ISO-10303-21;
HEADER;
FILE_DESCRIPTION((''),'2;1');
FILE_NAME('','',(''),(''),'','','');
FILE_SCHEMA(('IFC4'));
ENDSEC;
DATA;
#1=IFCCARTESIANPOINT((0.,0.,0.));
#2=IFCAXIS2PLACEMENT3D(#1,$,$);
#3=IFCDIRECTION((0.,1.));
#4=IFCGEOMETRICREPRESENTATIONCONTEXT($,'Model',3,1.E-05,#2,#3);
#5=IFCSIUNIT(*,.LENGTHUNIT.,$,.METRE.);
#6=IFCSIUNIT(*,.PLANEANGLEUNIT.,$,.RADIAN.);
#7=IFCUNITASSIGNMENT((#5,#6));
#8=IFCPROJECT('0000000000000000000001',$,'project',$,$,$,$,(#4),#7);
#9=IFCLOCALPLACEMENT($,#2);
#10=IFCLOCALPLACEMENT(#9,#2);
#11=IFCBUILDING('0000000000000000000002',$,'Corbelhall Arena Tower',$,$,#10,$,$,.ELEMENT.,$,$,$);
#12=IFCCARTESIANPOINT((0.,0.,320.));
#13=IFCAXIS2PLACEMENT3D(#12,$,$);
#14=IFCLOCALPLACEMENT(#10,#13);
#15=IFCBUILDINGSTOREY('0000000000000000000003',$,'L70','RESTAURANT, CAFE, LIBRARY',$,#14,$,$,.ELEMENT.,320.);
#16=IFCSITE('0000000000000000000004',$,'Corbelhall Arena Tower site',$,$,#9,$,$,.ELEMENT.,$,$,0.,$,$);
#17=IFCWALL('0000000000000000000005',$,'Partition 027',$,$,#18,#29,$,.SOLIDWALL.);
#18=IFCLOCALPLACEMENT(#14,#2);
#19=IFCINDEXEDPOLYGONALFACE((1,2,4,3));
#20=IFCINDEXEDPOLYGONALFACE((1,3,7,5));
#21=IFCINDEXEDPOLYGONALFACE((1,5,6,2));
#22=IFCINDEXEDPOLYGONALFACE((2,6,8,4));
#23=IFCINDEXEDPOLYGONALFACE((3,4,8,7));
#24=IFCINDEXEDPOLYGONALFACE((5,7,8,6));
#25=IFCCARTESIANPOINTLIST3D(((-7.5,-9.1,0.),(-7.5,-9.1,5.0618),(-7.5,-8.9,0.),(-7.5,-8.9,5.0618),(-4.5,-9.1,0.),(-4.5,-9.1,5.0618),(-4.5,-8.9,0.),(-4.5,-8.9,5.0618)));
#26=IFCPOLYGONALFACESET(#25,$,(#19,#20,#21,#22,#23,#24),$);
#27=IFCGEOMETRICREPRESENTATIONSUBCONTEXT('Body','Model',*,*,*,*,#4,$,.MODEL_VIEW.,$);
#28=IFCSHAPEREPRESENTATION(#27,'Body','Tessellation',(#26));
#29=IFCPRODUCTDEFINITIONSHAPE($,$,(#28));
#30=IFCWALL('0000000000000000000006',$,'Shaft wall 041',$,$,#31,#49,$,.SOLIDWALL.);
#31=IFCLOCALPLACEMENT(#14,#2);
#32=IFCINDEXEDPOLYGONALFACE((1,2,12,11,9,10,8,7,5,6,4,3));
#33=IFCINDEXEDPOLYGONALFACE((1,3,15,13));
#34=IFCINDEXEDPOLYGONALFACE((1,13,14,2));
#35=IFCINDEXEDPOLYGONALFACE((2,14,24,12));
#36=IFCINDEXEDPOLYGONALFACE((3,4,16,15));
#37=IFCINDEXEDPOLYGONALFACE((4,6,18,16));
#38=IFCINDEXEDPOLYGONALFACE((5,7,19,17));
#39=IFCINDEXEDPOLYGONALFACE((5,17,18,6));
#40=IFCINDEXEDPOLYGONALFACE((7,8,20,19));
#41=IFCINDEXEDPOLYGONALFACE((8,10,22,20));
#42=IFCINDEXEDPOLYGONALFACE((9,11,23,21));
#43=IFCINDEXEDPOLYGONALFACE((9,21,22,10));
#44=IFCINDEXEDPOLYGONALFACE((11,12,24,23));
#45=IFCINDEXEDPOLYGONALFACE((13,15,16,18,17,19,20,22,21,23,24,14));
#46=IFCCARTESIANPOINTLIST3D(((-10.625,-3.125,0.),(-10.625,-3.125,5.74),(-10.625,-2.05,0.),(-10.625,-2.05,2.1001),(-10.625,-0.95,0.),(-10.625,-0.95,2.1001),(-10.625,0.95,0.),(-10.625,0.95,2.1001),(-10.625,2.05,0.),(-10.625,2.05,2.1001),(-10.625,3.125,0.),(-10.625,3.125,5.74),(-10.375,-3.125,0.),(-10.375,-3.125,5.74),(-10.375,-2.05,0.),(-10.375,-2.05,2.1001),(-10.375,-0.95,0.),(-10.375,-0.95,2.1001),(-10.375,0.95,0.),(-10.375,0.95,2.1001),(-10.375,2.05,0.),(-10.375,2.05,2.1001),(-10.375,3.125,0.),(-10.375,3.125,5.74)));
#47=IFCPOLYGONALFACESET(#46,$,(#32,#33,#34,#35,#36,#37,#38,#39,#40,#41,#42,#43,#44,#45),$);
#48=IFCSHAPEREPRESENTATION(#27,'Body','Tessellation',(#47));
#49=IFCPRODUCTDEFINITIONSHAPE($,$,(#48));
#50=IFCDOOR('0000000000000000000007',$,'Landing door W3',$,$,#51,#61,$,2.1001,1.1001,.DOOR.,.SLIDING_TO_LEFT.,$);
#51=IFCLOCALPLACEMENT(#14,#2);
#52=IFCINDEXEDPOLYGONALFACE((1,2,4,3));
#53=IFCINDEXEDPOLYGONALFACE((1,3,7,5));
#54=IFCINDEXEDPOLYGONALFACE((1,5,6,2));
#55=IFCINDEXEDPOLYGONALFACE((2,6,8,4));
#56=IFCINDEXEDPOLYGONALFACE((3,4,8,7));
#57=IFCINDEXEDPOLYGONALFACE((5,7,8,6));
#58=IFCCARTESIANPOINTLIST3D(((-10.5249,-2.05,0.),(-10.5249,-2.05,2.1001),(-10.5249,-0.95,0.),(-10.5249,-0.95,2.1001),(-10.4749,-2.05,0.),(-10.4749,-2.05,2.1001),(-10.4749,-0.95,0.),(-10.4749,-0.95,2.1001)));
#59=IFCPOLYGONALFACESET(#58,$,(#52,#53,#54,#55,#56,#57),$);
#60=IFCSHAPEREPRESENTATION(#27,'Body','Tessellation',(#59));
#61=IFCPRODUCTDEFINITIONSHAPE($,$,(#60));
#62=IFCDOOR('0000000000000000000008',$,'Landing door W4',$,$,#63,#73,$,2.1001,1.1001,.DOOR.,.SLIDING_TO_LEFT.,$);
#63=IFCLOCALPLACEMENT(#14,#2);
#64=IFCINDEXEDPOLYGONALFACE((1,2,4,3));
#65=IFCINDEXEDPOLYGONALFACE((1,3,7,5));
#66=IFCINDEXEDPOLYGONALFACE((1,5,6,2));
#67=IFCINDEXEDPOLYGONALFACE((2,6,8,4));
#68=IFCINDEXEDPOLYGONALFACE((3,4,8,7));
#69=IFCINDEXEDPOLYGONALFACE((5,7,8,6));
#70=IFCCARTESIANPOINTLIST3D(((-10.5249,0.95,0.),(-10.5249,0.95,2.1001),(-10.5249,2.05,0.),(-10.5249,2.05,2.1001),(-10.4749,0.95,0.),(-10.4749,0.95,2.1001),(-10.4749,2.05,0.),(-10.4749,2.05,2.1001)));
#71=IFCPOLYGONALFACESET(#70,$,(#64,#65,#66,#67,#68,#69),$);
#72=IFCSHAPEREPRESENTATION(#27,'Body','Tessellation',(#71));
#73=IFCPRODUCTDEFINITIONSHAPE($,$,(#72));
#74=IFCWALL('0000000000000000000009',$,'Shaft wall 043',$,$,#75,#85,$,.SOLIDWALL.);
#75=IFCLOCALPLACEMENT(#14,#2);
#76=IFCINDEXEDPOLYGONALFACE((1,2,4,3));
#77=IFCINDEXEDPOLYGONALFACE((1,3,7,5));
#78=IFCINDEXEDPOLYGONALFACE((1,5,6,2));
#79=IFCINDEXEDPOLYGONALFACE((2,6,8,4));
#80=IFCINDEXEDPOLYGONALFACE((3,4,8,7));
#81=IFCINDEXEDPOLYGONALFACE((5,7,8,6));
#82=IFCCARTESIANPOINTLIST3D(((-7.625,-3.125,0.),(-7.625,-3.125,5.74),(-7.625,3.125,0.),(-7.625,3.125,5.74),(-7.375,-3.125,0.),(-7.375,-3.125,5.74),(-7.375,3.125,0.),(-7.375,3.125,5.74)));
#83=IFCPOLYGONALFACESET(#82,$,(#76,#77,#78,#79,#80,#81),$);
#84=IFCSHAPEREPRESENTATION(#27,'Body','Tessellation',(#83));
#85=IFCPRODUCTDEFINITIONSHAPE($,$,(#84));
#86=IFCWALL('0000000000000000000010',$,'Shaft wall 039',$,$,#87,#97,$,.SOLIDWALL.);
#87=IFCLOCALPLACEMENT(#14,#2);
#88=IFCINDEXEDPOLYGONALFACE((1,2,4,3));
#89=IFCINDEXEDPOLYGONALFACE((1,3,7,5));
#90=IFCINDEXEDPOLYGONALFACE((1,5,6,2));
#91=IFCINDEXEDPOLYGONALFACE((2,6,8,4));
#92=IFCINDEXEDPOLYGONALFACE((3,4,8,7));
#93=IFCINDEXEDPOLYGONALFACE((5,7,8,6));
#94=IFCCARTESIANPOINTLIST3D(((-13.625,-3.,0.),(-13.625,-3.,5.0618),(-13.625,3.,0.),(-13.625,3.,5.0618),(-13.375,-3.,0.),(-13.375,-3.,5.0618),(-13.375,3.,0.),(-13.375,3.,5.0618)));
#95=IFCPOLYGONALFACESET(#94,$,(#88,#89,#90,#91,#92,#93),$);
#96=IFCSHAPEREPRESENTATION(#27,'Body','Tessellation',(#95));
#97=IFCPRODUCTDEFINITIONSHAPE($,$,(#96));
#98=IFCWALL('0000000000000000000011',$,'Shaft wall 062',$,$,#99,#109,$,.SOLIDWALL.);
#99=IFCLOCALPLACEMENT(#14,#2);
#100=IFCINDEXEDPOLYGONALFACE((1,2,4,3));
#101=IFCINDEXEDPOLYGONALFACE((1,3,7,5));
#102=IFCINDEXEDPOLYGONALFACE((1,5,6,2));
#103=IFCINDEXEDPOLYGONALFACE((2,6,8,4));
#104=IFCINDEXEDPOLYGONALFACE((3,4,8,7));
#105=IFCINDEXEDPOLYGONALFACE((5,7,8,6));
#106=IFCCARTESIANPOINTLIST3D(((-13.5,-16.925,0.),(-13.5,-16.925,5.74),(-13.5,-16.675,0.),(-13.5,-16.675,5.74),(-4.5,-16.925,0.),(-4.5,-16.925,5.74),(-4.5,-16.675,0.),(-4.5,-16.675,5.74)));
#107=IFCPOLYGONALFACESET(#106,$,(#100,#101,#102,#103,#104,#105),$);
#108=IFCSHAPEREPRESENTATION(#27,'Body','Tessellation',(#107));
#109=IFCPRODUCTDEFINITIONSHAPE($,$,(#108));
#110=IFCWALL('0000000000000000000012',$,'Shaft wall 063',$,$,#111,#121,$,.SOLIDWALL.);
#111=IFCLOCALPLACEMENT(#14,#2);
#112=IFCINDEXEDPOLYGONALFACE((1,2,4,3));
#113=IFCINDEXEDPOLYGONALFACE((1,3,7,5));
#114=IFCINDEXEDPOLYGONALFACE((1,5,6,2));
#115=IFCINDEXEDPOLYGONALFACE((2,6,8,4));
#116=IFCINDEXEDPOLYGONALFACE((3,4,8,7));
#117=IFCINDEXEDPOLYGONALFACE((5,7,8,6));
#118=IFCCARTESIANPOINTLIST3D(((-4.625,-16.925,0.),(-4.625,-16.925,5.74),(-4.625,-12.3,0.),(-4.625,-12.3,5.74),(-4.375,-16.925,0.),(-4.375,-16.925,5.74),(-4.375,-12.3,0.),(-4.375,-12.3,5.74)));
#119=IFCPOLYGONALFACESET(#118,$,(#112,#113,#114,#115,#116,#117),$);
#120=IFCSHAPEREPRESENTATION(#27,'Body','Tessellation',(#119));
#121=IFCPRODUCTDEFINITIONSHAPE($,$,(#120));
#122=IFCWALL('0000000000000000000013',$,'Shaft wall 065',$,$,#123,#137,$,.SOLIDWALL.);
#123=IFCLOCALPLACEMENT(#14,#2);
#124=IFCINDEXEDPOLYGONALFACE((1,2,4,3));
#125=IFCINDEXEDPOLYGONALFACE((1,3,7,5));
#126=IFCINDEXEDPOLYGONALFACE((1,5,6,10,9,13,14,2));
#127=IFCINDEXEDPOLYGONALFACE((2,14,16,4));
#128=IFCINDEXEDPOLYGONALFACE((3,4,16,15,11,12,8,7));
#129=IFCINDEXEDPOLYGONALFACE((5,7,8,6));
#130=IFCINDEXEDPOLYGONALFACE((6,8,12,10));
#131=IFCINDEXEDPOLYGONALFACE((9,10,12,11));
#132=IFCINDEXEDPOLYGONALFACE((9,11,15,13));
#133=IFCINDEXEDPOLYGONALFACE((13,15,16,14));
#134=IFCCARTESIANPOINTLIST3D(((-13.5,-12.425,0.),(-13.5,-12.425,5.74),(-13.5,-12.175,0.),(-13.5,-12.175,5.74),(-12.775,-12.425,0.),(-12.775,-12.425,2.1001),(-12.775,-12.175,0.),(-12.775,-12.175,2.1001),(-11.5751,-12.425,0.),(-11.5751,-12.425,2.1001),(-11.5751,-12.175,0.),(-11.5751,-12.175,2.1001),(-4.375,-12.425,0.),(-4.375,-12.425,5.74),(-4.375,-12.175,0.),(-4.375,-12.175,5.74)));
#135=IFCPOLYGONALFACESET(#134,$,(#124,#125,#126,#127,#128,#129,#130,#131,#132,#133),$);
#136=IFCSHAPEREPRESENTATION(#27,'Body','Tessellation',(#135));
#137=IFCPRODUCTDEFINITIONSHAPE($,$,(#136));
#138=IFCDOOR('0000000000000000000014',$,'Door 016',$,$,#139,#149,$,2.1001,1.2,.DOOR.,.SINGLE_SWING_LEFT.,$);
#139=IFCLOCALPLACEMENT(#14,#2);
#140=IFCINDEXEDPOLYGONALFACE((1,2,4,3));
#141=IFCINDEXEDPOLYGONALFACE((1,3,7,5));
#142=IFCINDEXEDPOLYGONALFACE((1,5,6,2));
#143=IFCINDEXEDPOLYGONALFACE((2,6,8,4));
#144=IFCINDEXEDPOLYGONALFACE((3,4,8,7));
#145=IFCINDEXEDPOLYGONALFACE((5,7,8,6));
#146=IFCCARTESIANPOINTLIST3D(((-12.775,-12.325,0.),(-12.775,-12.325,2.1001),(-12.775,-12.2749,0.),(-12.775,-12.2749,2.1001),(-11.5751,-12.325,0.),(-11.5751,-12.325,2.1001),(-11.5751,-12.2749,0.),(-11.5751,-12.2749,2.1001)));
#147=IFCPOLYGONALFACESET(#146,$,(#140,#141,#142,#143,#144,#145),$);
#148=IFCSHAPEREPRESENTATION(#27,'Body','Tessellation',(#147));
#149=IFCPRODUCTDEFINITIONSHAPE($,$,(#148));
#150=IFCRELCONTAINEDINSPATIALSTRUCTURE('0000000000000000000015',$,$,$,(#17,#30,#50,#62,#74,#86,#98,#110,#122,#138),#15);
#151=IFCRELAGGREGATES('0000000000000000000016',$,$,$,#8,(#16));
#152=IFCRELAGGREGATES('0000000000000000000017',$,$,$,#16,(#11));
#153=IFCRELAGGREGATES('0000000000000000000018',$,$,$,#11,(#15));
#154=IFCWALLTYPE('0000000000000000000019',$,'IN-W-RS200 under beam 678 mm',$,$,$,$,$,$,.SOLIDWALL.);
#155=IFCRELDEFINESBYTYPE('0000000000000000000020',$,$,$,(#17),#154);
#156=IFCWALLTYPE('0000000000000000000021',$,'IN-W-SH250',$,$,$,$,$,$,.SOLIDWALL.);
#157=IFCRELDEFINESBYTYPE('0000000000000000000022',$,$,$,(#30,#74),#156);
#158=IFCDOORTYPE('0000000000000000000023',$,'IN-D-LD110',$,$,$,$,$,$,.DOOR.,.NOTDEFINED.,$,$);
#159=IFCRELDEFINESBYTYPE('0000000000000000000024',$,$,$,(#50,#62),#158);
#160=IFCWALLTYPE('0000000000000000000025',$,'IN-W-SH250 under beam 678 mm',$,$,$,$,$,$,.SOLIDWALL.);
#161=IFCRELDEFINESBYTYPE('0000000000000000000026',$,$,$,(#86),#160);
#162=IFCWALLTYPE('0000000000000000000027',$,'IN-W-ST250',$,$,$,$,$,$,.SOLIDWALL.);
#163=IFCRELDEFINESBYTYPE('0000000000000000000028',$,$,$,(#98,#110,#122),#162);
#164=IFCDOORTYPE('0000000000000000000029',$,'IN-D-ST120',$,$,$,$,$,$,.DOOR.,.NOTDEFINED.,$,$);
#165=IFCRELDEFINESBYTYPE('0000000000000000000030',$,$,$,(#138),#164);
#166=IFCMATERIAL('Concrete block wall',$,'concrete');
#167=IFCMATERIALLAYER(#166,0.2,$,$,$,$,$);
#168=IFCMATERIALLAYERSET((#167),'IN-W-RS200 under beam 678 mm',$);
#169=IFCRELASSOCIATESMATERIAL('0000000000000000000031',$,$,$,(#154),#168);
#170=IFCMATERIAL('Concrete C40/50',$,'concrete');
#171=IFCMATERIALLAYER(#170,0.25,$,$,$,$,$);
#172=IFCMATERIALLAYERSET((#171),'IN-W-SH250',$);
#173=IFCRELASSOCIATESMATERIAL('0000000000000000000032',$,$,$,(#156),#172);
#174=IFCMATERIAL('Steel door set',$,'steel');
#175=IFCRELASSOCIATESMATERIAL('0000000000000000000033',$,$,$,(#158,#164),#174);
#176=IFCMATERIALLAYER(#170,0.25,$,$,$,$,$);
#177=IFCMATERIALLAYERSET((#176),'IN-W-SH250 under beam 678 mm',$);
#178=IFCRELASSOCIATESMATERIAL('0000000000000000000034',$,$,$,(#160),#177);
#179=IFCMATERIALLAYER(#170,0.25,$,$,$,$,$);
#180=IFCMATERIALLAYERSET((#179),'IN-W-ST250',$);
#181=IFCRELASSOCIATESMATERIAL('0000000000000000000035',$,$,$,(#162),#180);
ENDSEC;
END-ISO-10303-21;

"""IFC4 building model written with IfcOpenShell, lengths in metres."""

from ifc_helpers import new_model, si_unit, direction, frame, frame_2d, origin, place, context, subcontext, project, spatial, rectangle, extrude, material, layer, layer_set, type_object, element, fill, save


model = new_model("IFC4")

# Units and contexts
model_context = context("Model", 3, precision=1e-05, world=origin(), true_north=direction((0.0, 1.0)))
body_context = subcontext(model_context, "Body", "Model", "MODEL_VIEW")
ifc_project = project(units=[si_unit("LENGTHUNIT", "METRE"), si_unit("PLANEANGLEUNIT", "RADIAN")], contexts=[model_context])

# Site, building, storey
site_placement = place(None, origin())
site = spatial("IfcSite", under=ifc_project, at=site_placement, Name="Corbelhall Arena Tower site", CompositionType="ELEMENT", RefElevation=0.0)
building_placement = place(site_placement, origin())
building = spatial("IfcBuilding", under=site, at=building_placement, Name="Corbelhall Arena Tower", CompositionType="ELEMENT")
storey_placement = place(building_placement, frame((0.0, 0.0, 320.0)))
storey = spatial("IfcBuildingStorey", under=building, at=storey_placement, Name="L70", Description="RESTAURANT, CAFE, LIBRARY", CompositionType="ELEMENT", Elevation=320.0)

# Shared definitions
ifc_material_1 = material(Name="Concrete block wall", Category="concrete")
ifc_material_2 = material(Name="Steel door set", Category="steel")

# Wall
ifc_layer_1 = layer(ifc_material_1, 0.2)
ifc_layer_set_1 = layer_set([ifc_layer_1], Name="IN-W-RS200 under beam 678 mm")
wall_type_1 = type_object("IfcWallType", Name="IN-W-RS200 under beam 678 mm", PredefinedType="SOLIDWALL", material=ifc_layer_set_1)
wall_1_placement = place(storey_placement, frame((-4.5, -9.0, 0.0), z_axis=(0.0, 0.0, 1.0), x_axis=(-1.0, 0.0, 0.0)))
element("IfcWall", 1, at=wall_1_placement, inside=storey, type_object=wall_type_1, Name="Partition 027", PredefinedType="SOLIDWALL", context=body_context, shape_type="SweptSolid", body=[
    extrude(rectangle(XDim=3.0, YDim=0.2, at=frame_2d((1.5, 0.0))), origin(), (0.0, 0.0, 1.0), 5.0618),
])

# Wall, openings, doors
ifc_material_3 = material(Name="Concrete C40/50", Category="concrete")
ifc_layer_2 = layer(ifc_material_3, 0.25)
ifc_layer_set_2 = layer_set([ifc_layer_2], Name="IN-W-SH250")
wall_type_2 = type_object("IfcWallType", Name="IN-W-SH250", PredefinedType="SOLIDWALL", material=ifc_layer_set_2)
wall_2_placement = place(storey_placement, frame((-10.5, -3.125, 0.0), z_axis=(0.0, 0.0, 1.0), x_axis=(0.0, 1.0, 0.0)))
wall_2 = element("IfcWall", 2, at=wall_2_placement, inside=storey, type_object=wall_type_2, Name="Shaft wall 041", PredefinedType="SOLIDWALL", context=body_context, shape_type="SweptSolid", body=[
    extrude(rectangle(XDim=6.25, YDim=0.25, at=frame_2d((3.125, 0.0))), origin(), (0.0, 0.0, 1.0), 5.74),
])
opening_1_placement = place(wall_2_placement, frame((1.075, 0.0, 0.0)))
opening_1 = element("IfcOpeningElement", 3, at=opening_1_placement, cuts=wall_2, PredefinedType="OPENING", context=body_context, shape_type="SweptSolid", body=[
    extrude(rectangle(XDim=1.1001, YDim=2.1001, at=frame_2d((0.55, 1.05))), frame((0.0, 0.125, 0.0), z_axis=(0.0, -1.0, 0.0), x_axis=(1.0, 0.0, 0.0)), (0.0, 0.0, 1.0), 0.25),
])
opening_2_placement = place(wall_2_placement, frame((4.075, 0.0, 0.0)))
opening_2 = element("IfcOpeningElement", 4, at=opening_2_placement, cuts=wall_2, PredefinedType="OPENING", context=body_context, shape_type="SweptSolid", body=[
    extrude(rectangle(XDim=1.1001, YDim=2.1001, at=frame_2d((0.55, 1.05))), frame((0.0, 0.125, 0.0), z_axis=(0.0, -1.0, 0.0), x_axis=(1.0, 0.0, 0.0)), (0.0, 0.0, 1.0), 0.25),
])
door_type_1 = type_object("IfcDoorType", Name="IN-D-LD110", OperationType="NOTDEFINED", PredefinedType="DOOR", material=ifc_material_2)
door_1_placement = place(opening_1_placement, origin())
door_1 = element("IfcDoor", 5, at=door_1_placement, inside=storey, type_object=door_type_1, Name="Landing door W3", OperationType="SLIDING_TO_LEFT", OverallHeight=2.1001, OverallWidth=1.1001, PredefinedType="DOOR", context=body_context, shape_type="SweptSolid", body=[
    extrude(rectangle(XDim=1.1001, YDim=2.1001, at=frame_2d((0.55, 1.05))), frame((0.0, 0.0249, 0.0), z_axis=(0.0, -1.0, 0.0), x_axis=(1.0, 0.0, 0.0)), (0.0, 0.0, 1.0), 0.05),
])
fill(opening_1, door_1)
door_2_placement = place(opening_2_placement, origin())
door_2 = element("IfcDoor", 6, at=door_2_placement, inside=storey, type_object=door_type_1, Name="Landing door W4", OperationType="SLIDING_TO_LEFT", OverallHeight=2.1001, OverallWidth=1.1001, PredefinedType="DOOR", context=body_context, shape_type="SweptSolid", body=[
    extrude(rectangle(XDim=1.1001, YDim=2.1001, at=frame_2d((0.55, 1.05))), frame((0.0, 0.0249, 0.0), z_axis=(0.0, -1.0, 0.0), x_axis=(1.0, 0.0, 0.0)), (0.0, 0.0, 1.0), 0.05),
])
fill(opening_2, door_2)

# Walls
wall_3_placement = place(storey_placement, frame((-7.5, -3.125, 0.0), z_axis=(0.0, 0.0, 1.0), x_axis=(0.0, 1.0, 0.0)))
element("IfcWall", 7, at=wall_3_placement, inside=storey, type_object=wall_type_2, Name="Shaft wall 043", PredefinedType="SOLIDWALL", context=body_context, shape_type="SweptSolid", body=[
    extrude(rectangle(XDim=6.25, YDim=0.25, at=frame_2d((3.125, 0.0))), origin(), (0.0, 0.0, 1.0), 5.74),
])
ifc_layer_3 = layer(ifc_material_3, 0.25)
ifc_layer_set_3 = layer_set([ifc_layer_3], Name="IN-W-SH250 under beam 678 mm")
wall_type_3 = type_object("IfcWallType", Name="IN-W-SH250 under beam 678 mm", PredefinedType="SOLIDWALL", material=ifc_layer_set_3)
wall_4_placement = place(storey_placement, frame((-13.5, -3.0, 0.0), z_axis=(0.0, 0.0, 1.0), x_axis=(0.0, 1.0, 0.0)))
element("IfcWall", 8, at=wall_4_placement, inside=storey, type_object=wall_type_3, Name="Shaft wall 039", PredefinedType="SOLIDWALL", context=body_context, shape_type="SweptSolid", body=[
    extrude(rectangle(XDim=6.0, YDim=0.25, at=frame_2d((3.0, 0.0))), origin(), (0.0, 0.0, 1.0), 5.0618),
])
ifc_layer_4 = layer(ifc_material_3, 0.25)
ifc_layer_set_4 = layer_set([ifc_layer_4], Name="IN-W-ST250")
wall_type_4 = type_object("IfcWallType", Name="IN-W-ST250", PredefinedType="SOLIDWALL", material=ifc_layer_set_4)
wall_5_placement = place(storey_placement, frame((-4.5, -16.8, 0.0), z_axis=(0.0, 0.0, 1.0), x_axis=(-1.0, 0.0, 0.0)))
element("IfcWall", 9, at=wall_5_placement, inside=storey, type_object=wall_type_4, Name="Shaft wall 062", PredefinedType="SOLIDWALL", context=body_context, shape_type="SweptSolid", body=[
    extrude(rectangle(XDim=9.0, YDim=0.25, at=frame_2d((4.5, 0.0))), origin(), (0.0, 0.0, 1.0), 5.74),
])
wall_6_placement = place(storey_placement, frame((-4.5, -12.3, 0.0), z_axis=(0.0, 0.0, 1.0), x_axis=(0.0, -1.0, 0.0)))
element("IfcWall", 10, at=wall_6_placement, inside=storey, type_object=wall_type_4, Name="Shaft wall 063", PredefinedType="SOLIDWALL", context=body_context, shape_type="SweptSolid", body=[
    extrude(rectangle(XDim=4.625, YDim=0.25, at=frame_2d((2.3125, 0.0))), origin(), (0.0, 0.0, 1.0), 5.74),
])

# Wall, opening, door
wall_7_placement = place(storey_placement, frame((-4.375, -12.3, 0.0), z_axis=(0.0, 0.0, 1.0), x_axis=(-1.0, 0.0, 0.0)))
wall_7 = element("IfcWall", 11, at=wall_7_placement, inside=storey, type_object=wall_type_4, Name="Shaft wall 065", PredefinedType="SOLIDWALL", context=body_context, shape_type="SweptSolid", body=[
    extrude(rectangle(XDim=9.125, YDim=0.25, at=frame_2d((4.5625, 0.0))), origin(), (0.0, 0.0, 1.0), 5.74),
])
opening_3_placement = place(wall_7_placement, frame((7.2, 0.0, 0.0)))
opening_3 = element("IfcOpeningElement", 12, at=opening_3_placement, cuts=wall_7, PredefinedType="OPENING", context=body_context, shape_type="SweptSolid", body=[
    extrude(rectangle(XDim=1.2, YDim=2.1001, at=frame_2d((0.6001, 1.05))), frame((0.0, 0.125, 0.0), z_axis=(0.0, -1.0, 0.0), x_axis=(1.0, 0.0, 0.0)), (0.0, 0.0, 1.0), 0.25),
])
door_type_2 = type_object("IfcDoorType", Name="IN-D-ST120", OperationType="NOTDEFINED", PredefinedType="DOOR", material=ifc_material_2)
door_3_placement = place(opening_3_placement, origin())
door_3 = element("IfcDoor", 13, at=door_3_placement, inside=storey, type_object=door_type_2, Name="Door 016", OperationType="SINGLE_SWING_LEFT", OverallHeight=2.1001, OverallWidth=1.2, PredefinedType="DOOR", context=body_context, shape_type="SweptSolid", body=[
    extrude(rectangle(XDim=1.2, YDim=2.1001, at=frame_2d((0.6001, 1.05))), frame((0.0, 0.0249, 0.0), z_axis=(0.0, -1.0, 0.0), x_axis=(1.0, 0.0, 0.0)), (0.0, 0.0, 1.0), 0.05),
])
fill(opening_3, door_3)

save(model, "model.ifc")
